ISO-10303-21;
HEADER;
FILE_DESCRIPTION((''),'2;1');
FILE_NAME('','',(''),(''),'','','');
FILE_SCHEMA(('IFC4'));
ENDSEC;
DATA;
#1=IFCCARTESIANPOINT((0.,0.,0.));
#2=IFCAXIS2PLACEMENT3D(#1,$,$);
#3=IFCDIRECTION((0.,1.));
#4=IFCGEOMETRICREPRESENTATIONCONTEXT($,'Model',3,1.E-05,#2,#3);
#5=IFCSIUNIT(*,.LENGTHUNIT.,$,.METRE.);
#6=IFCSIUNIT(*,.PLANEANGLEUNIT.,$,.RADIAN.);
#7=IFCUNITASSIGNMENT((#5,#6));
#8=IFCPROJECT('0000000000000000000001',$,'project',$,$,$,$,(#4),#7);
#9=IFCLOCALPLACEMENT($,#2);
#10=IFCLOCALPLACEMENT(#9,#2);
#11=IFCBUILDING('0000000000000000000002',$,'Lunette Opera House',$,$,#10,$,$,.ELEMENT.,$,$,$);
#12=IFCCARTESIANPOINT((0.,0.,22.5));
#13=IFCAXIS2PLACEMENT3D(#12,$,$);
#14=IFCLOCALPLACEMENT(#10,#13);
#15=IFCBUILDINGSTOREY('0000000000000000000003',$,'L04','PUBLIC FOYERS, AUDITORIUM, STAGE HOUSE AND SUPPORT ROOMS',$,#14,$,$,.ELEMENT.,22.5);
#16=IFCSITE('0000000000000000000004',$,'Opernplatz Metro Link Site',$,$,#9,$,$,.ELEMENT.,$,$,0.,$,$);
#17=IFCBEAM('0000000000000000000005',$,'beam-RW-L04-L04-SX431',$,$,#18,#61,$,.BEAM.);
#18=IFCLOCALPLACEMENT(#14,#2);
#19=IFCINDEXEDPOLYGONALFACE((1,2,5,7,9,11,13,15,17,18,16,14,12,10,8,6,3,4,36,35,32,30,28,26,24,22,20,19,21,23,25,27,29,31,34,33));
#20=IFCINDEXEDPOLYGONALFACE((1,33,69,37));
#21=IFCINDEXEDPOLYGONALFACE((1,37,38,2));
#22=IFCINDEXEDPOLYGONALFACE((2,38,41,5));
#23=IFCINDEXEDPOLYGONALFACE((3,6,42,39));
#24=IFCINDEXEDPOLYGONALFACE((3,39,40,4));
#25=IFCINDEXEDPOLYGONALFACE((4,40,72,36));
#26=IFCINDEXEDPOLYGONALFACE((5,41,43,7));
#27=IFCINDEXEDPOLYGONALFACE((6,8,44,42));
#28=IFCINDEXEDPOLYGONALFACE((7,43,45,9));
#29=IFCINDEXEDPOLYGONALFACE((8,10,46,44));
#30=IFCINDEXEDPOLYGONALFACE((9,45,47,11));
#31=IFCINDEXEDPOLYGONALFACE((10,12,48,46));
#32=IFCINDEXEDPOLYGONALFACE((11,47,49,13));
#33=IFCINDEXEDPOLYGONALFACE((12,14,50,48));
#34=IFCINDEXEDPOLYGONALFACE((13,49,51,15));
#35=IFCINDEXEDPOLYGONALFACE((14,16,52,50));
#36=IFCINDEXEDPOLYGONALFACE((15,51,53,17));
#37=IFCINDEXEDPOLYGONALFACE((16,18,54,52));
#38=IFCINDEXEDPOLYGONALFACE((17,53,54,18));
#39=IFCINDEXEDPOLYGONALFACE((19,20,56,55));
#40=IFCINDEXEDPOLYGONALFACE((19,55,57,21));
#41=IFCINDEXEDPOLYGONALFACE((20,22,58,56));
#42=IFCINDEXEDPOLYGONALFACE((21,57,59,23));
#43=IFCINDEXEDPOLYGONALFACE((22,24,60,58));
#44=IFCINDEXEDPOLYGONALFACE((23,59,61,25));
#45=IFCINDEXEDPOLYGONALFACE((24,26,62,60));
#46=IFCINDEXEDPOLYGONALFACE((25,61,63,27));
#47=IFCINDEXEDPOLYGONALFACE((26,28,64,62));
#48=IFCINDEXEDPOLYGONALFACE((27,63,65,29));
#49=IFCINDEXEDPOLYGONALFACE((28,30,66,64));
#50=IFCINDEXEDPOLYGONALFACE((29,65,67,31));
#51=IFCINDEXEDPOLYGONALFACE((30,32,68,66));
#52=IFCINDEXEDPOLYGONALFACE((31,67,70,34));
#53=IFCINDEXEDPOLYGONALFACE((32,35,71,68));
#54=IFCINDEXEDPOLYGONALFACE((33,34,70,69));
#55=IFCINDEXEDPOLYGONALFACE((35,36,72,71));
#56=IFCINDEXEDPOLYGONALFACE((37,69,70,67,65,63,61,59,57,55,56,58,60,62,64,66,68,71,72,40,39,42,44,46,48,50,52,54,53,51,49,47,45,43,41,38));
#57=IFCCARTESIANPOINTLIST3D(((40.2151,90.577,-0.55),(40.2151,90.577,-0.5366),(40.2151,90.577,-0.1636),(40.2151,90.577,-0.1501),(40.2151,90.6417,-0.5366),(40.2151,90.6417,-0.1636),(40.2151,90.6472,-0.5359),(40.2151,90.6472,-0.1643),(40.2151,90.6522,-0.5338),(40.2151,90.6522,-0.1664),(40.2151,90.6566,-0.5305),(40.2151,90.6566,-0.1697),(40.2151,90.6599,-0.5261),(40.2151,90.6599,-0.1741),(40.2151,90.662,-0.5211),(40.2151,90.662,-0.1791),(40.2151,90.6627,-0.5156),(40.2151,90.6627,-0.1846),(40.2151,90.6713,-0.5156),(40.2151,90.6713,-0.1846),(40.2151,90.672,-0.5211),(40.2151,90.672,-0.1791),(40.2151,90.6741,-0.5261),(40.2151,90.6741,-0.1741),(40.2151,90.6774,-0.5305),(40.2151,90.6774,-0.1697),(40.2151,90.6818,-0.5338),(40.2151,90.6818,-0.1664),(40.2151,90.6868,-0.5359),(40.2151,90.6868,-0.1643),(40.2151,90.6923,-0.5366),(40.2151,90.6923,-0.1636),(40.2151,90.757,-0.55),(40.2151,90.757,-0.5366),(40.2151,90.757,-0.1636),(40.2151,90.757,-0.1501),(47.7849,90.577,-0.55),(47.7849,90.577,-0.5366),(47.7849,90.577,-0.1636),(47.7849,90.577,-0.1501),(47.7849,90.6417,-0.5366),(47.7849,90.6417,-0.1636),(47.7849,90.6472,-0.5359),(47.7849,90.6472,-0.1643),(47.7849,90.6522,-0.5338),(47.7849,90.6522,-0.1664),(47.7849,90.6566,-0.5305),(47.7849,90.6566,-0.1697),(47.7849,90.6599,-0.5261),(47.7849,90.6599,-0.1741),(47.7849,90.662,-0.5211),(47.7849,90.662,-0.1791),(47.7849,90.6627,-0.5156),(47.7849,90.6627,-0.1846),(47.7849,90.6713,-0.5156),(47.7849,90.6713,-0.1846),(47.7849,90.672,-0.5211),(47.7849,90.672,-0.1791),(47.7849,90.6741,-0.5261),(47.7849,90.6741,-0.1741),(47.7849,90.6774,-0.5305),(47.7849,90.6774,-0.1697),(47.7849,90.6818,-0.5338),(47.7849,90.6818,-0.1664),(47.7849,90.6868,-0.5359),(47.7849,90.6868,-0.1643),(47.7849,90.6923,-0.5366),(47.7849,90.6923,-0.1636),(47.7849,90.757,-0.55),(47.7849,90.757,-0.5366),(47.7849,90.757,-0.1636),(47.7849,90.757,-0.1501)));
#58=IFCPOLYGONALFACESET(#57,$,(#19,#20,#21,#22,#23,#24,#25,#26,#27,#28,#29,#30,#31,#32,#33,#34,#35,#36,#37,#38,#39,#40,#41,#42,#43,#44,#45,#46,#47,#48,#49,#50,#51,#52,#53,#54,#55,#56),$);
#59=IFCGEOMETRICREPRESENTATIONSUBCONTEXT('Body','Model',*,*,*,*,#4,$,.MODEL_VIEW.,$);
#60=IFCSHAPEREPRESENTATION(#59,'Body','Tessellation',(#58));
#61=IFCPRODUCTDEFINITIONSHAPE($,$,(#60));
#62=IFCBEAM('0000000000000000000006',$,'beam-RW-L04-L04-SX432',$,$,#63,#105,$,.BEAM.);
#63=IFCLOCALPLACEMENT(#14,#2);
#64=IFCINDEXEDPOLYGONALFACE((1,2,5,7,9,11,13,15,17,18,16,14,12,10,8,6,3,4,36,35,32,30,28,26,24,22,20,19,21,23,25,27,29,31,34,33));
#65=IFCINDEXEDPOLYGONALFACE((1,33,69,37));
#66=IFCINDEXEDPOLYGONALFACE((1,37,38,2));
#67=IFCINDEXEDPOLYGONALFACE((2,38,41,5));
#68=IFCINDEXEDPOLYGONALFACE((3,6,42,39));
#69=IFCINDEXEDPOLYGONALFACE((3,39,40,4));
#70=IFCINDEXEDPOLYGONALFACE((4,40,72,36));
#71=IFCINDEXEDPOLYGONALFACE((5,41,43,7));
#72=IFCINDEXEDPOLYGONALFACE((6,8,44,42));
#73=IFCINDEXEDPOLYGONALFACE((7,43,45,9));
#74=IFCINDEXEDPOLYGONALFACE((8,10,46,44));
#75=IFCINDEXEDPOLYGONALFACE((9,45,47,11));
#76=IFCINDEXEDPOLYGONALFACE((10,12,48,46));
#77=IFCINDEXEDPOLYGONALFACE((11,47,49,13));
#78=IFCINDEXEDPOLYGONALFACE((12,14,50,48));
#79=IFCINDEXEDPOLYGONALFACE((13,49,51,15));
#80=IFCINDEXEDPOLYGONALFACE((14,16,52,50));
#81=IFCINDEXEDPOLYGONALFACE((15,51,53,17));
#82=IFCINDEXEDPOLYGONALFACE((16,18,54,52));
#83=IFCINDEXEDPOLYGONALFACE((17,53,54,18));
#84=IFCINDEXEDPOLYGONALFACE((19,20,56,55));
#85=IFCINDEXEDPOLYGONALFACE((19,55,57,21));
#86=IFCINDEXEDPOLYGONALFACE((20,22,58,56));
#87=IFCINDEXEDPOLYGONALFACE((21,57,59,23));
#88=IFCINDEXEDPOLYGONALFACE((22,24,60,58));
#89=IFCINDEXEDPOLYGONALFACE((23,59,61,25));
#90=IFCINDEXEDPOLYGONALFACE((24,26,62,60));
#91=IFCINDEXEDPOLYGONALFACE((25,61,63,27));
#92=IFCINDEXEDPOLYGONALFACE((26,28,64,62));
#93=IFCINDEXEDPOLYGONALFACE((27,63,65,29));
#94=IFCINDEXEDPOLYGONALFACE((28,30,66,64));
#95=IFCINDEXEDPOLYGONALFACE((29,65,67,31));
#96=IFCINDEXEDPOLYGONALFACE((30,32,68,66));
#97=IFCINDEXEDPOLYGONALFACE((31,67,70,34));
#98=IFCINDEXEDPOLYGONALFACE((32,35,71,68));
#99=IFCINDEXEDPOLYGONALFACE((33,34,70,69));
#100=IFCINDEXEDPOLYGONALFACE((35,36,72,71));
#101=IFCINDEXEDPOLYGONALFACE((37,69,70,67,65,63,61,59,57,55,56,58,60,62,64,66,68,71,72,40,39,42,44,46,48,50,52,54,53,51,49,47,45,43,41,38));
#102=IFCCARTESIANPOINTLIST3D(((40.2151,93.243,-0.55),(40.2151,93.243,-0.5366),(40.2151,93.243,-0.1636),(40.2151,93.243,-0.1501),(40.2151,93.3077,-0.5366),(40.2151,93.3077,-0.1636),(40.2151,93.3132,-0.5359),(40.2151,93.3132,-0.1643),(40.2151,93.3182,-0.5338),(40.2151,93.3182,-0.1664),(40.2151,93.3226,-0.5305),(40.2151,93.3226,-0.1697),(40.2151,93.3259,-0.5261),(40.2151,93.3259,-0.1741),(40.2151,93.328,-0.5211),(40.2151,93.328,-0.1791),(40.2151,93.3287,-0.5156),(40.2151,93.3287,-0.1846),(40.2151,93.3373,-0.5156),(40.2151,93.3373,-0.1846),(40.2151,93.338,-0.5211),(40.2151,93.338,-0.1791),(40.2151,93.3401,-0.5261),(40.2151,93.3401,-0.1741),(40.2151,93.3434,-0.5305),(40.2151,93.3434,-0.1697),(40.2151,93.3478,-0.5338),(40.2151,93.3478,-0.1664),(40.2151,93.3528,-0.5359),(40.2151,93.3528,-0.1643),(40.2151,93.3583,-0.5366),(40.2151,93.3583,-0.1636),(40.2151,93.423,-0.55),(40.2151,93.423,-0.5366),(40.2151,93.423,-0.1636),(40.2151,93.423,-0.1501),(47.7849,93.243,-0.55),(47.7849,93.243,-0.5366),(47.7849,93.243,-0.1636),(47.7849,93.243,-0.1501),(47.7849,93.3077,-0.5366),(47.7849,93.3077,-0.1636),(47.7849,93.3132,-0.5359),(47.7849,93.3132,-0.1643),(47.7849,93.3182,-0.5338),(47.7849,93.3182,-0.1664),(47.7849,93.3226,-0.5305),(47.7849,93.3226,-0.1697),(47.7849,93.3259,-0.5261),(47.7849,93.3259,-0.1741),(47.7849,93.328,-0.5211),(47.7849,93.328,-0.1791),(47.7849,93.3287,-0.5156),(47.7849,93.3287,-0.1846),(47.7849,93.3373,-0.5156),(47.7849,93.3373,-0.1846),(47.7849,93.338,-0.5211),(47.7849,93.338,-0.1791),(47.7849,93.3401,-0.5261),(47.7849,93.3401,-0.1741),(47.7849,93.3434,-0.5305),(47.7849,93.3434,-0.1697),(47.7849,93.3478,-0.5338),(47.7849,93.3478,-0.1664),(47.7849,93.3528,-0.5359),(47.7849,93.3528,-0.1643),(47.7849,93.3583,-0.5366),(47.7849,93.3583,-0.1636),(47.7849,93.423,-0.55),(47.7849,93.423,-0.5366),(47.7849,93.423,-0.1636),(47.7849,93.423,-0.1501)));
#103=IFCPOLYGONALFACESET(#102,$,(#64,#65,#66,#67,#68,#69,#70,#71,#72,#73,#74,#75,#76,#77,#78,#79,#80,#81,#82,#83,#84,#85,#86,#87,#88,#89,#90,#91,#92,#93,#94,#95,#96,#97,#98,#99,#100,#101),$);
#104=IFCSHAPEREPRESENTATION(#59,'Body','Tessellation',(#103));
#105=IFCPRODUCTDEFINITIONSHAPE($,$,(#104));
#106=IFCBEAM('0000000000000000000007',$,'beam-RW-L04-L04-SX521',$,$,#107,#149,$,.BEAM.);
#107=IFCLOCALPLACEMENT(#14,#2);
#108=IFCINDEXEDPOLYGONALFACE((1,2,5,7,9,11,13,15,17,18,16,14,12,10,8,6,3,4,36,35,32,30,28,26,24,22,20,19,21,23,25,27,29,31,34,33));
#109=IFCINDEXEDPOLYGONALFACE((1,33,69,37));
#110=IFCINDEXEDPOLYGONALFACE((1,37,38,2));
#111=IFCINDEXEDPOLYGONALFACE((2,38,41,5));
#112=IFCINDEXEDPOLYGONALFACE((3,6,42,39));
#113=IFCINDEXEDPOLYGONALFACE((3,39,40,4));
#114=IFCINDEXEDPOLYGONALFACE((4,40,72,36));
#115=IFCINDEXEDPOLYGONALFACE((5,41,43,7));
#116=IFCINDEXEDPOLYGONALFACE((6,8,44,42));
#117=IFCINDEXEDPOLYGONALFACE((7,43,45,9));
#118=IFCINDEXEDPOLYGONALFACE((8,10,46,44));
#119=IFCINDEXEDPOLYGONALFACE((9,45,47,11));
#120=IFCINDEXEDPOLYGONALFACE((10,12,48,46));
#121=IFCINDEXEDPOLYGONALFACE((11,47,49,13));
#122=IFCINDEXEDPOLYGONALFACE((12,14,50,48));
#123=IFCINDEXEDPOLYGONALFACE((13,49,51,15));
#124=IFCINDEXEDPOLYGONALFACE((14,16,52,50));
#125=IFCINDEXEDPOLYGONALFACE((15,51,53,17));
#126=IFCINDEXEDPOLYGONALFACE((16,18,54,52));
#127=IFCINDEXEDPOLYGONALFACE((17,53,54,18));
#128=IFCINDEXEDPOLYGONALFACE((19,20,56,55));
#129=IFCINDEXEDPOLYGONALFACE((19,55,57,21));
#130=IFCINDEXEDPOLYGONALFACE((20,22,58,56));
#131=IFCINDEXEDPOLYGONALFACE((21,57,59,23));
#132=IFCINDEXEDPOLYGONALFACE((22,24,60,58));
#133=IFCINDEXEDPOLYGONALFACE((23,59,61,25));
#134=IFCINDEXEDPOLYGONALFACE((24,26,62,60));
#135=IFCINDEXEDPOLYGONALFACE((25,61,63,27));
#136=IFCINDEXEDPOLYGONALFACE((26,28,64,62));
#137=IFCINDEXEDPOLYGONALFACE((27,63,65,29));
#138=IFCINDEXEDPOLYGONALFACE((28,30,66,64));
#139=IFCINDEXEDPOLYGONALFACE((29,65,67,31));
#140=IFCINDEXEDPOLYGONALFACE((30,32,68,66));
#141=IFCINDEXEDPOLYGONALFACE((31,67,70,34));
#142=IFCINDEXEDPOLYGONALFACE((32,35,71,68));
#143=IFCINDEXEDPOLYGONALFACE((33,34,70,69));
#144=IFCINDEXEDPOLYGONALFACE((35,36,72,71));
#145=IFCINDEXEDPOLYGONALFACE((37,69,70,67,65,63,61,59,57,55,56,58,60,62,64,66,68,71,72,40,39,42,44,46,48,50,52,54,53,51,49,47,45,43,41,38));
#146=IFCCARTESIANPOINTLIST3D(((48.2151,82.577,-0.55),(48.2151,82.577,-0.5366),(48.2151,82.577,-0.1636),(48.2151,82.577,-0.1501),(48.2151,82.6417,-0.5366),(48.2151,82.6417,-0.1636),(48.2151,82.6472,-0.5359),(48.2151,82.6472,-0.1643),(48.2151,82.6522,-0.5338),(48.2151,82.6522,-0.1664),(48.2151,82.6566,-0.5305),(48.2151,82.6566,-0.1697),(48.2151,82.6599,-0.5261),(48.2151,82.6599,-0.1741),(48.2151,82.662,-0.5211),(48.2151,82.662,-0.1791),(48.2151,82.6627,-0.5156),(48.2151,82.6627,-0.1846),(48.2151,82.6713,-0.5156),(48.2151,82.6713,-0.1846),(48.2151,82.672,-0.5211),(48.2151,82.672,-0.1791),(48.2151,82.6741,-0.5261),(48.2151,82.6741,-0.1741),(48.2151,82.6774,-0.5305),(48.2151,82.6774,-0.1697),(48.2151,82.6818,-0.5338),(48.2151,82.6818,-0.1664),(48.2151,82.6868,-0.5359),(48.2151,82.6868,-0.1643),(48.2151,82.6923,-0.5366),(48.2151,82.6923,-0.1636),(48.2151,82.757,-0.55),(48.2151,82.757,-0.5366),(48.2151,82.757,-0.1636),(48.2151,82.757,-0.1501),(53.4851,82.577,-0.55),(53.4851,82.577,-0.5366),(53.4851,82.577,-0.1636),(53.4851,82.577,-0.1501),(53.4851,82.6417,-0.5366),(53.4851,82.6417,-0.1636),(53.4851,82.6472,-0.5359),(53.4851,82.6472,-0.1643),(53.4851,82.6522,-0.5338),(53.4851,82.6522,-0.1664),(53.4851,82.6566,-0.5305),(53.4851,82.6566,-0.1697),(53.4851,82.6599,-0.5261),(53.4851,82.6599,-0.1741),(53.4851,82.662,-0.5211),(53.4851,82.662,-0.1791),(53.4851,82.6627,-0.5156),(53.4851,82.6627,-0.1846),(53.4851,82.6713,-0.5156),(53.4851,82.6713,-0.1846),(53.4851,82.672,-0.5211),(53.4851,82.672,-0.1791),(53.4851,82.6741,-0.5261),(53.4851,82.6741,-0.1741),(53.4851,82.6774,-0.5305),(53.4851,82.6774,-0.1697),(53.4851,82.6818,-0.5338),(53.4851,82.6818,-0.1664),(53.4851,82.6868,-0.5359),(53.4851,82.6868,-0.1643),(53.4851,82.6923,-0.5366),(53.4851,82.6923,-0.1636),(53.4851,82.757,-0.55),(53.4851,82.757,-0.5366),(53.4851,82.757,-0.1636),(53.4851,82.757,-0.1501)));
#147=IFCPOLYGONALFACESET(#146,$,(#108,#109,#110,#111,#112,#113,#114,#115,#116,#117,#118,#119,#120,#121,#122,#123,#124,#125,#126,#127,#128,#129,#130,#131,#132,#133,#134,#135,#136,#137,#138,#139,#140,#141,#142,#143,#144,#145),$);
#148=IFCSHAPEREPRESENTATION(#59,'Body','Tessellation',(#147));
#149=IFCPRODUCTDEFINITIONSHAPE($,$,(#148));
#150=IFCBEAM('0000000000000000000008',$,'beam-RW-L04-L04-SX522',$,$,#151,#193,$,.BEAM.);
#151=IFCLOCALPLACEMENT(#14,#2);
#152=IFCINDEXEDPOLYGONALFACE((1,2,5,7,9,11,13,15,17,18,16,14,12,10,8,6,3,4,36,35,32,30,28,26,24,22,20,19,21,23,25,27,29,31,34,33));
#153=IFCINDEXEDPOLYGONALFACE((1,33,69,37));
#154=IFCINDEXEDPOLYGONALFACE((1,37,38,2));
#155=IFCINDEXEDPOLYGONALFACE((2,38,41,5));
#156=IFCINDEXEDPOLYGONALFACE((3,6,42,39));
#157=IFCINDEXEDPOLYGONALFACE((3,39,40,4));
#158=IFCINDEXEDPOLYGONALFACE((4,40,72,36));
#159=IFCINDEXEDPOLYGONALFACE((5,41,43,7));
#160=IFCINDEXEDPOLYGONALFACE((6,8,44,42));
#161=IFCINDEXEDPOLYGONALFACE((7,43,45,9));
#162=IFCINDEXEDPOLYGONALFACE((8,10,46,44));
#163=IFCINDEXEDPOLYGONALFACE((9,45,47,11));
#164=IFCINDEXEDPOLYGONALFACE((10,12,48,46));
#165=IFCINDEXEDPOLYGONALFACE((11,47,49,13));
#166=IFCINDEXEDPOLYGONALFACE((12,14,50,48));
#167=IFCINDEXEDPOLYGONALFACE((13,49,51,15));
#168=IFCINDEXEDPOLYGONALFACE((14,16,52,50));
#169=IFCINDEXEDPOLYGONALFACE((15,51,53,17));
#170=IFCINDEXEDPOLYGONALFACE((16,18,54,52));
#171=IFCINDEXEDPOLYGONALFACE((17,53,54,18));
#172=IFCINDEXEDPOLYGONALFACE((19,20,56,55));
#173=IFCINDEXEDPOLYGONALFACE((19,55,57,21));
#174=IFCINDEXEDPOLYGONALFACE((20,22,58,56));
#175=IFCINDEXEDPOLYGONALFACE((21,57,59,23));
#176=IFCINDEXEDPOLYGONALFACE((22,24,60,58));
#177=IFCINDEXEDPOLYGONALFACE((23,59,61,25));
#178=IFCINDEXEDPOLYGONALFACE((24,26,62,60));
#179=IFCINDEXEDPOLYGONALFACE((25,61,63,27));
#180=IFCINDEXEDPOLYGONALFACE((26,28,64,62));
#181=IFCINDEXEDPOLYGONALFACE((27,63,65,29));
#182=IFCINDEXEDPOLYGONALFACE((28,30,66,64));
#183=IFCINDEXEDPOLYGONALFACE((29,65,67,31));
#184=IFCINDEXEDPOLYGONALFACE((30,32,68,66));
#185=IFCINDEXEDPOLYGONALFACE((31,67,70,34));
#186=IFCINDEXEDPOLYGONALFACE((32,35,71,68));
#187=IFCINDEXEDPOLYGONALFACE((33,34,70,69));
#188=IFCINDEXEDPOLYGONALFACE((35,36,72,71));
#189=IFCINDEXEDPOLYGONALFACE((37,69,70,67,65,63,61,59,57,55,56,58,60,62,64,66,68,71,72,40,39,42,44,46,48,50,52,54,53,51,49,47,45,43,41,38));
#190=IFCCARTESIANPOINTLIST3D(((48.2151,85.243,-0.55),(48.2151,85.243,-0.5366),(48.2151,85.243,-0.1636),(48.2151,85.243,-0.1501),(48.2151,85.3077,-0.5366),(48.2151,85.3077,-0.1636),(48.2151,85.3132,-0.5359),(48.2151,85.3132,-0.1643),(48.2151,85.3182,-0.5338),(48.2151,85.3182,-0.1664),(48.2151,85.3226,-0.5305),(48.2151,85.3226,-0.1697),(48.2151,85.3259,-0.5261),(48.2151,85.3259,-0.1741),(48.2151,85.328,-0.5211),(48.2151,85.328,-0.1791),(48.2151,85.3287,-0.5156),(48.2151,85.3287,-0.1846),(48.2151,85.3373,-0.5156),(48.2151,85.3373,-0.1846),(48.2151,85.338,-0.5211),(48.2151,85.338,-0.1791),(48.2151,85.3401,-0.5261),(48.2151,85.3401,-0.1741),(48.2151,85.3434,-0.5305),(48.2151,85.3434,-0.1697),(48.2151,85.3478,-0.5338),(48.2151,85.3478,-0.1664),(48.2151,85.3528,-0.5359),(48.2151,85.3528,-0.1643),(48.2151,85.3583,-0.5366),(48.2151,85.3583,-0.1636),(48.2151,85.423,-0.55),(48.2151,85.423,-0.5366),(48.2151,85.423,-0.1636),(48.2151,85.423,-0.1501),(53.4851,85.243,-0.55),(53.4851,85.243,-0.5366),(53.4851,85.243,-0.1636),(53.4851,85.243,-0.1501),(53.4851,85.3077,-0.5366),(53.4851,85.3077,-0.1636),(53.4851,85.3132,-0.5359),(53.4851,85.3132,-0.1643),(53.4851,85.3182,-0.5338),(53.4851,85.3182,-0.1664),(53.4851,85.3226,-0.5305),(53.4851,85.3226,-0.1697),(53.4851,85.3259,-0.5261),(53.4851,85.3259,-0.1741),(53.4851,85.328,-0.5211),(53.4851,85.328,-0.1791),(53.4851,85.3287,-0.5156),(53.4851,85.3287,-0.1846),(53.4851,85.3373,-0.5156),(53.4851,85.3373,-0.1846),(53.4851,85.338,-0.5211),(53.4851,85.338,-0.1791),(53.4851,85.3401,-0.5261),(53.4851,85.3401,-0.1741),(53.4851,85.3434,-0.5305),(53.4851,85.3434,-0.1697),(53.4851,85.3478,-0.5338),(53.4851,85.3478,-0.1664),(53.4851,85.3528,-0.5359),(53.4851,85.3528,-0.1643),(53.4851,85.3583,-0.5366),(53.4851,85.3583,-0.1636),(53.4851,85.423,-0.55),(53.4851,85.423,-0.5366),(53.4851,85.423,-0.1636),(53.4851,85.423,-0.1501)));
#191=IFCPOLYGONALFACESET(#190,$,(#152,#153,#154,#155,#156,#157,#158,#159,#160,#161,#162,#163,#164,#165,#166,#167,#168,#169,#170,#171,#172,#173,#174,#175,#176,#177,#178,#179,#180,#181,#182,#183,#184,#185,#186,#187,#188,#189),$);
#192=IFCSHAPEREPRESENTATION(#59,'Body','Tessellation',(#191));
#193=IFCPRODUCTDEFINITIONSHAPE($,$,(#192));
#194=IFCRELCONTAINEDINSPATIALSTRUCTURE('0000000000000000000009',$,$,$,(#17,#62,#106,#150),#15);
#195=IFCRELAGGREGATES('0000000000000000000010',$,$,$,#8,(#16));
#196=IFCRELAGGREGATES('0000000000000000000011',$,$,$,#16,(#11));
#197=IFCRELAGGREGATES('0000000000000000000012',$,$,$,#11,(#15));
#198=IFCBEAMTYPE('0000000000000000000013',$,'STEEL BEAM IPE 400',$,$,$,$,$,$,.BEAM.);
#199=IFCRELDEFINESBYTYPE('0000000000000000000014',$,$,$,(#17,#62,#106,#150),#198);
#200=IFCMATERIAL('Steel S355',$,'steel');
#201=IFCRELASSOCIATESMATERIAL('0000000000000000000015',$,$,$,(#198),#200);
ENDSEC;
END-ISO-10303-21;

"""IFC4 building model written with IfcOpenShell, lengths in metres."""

from ifc_helpers import new_model, si_unit, direction, frame, origin, origin_2d, place, context, subcontext, project, spatial, i_section, extrude, material, material_profile, profile_set, type_object, element, save


model = new_model("IFC4")

# Units and contexts
model_context = context("Model", 3, precision=1e-05, world=origin(), true_north=direction((0.0, 1.0)))
body_context = subcontext(model_context, "Body", "Model", "MODEL_VIEW")
ifc_project = project(units=[si_unit("LENGTHUNIT", "METRE"), si_unit("PLANEANGLEUNIT", "RADIAN")], contexts=[model_context])

# Site, building, storey
site_placement = place(None, origin())
site = spatial("IfcSite", under=ifc_project, at=site_placement, Name="Opernplatz Metro Link Site", CompositionType="ELEMENT", RefElevation=0.0)
building_placement = place(site_placement, origin())
building = spatial("IfcBuilding", under=site, at=building_placement, Name="Lunette Opera House", CompositionType="ELEMENT")
storey_placement = place(building_placement, frame((0.0, 0.0, 22.5)))
storey = spatial("IfcBuildingStorey", under=building, at=storey_placement, Name="L04", Description="PUBLIC FOYERS, AUDITORIUM, STAGE HOUSE AND SUPPORT ROOMS", CompositionType="ELEMENT", Elevation=22.5)

# Beams
ifc_material_1 = material(Name="Steel S355", Category="steel")
ifc_material_profile_1 = material_profile(ifc_material_1, i_section(OverallWidth=0.1799, OverallDepth=0.3999, WebThickness=0.0085, FlangeThickness=0.0134, FilletRadius=0.021, at=origin_2d()), Name="IPE 400")
ifc_profile_set_1 = profile_set([ifc_material_profile_1], Name="Steel S355")
beam_type_1 = type_object("IfcBeamType", Name="STEEL BEAM IPE 400", PredefinedType="BEAM", material=ifc_profile_set_1)
for number, where, z_axis, x_axis, name in (
    (1, (40.2151, 90.667, -0.3501), (1.0, 0.0, 0.0), (0.0, 1.0, 0.0), "beam-RW-L04-L04-SX431"),
    (2, (40.2151, 93.333, -0.3501), (1.0, 0.0, 0.0), (0.0, 1.0, 0.0), "beam-RW-L04-L04-SX432"),
):
    element("IfcBeam", number, at=place(storey_placement, frame(where, z_axis=z_axis, x_axis=x_axis)), inside=storey, type_object=beam_type_1, Name=name, PredefinedType="BEAM", context=body_context, shape_type="SweptSolid", body=[
        extrude(i_section(OverallWidth=0.1799, OverallDepth=0.3999, WebThickness=0.0085, FlangeThickness=0.0134, FilletRadius=0.021, at=origin_2d()), origin(), (0.0, 0.0, 1.0), 7.5698),
    ])
for number, where, z_axis, x_axis, name in (
    (3, (48.2151, 82.667, -0.3501), (1.0, 0.0, 0.0), (0.0, 1.0, 0.0), "beam-RW-L04-L04-SX521"),
    (4, (48.2151, 85.333, -0.3501), (1.0, 0.0, 0.0), (0.0, 1.0, 0.0), "beam-RW-L04-L04-SX522"),
):
    element("IfcBeam", number, at=place(storey_placement, frame(where, z_axis=z_axis, x_axis=x_axis)), inside=storey, type_object=beam_type_1, Name=name, PredefinedType="BEAM", context=body_context, shape_type="SweptSolid", body=[
        extrude(i_section(OverallWidth=0.1799, OverallDepth=0.3999, WebThickness=0.0085, FlangeThickness=0.0134, FilletRadius=0.021, at=origin_2d()), origin(), (0.0, 0.0, 1.0), 5.27),
    ])

save(model, "model.ifc")
